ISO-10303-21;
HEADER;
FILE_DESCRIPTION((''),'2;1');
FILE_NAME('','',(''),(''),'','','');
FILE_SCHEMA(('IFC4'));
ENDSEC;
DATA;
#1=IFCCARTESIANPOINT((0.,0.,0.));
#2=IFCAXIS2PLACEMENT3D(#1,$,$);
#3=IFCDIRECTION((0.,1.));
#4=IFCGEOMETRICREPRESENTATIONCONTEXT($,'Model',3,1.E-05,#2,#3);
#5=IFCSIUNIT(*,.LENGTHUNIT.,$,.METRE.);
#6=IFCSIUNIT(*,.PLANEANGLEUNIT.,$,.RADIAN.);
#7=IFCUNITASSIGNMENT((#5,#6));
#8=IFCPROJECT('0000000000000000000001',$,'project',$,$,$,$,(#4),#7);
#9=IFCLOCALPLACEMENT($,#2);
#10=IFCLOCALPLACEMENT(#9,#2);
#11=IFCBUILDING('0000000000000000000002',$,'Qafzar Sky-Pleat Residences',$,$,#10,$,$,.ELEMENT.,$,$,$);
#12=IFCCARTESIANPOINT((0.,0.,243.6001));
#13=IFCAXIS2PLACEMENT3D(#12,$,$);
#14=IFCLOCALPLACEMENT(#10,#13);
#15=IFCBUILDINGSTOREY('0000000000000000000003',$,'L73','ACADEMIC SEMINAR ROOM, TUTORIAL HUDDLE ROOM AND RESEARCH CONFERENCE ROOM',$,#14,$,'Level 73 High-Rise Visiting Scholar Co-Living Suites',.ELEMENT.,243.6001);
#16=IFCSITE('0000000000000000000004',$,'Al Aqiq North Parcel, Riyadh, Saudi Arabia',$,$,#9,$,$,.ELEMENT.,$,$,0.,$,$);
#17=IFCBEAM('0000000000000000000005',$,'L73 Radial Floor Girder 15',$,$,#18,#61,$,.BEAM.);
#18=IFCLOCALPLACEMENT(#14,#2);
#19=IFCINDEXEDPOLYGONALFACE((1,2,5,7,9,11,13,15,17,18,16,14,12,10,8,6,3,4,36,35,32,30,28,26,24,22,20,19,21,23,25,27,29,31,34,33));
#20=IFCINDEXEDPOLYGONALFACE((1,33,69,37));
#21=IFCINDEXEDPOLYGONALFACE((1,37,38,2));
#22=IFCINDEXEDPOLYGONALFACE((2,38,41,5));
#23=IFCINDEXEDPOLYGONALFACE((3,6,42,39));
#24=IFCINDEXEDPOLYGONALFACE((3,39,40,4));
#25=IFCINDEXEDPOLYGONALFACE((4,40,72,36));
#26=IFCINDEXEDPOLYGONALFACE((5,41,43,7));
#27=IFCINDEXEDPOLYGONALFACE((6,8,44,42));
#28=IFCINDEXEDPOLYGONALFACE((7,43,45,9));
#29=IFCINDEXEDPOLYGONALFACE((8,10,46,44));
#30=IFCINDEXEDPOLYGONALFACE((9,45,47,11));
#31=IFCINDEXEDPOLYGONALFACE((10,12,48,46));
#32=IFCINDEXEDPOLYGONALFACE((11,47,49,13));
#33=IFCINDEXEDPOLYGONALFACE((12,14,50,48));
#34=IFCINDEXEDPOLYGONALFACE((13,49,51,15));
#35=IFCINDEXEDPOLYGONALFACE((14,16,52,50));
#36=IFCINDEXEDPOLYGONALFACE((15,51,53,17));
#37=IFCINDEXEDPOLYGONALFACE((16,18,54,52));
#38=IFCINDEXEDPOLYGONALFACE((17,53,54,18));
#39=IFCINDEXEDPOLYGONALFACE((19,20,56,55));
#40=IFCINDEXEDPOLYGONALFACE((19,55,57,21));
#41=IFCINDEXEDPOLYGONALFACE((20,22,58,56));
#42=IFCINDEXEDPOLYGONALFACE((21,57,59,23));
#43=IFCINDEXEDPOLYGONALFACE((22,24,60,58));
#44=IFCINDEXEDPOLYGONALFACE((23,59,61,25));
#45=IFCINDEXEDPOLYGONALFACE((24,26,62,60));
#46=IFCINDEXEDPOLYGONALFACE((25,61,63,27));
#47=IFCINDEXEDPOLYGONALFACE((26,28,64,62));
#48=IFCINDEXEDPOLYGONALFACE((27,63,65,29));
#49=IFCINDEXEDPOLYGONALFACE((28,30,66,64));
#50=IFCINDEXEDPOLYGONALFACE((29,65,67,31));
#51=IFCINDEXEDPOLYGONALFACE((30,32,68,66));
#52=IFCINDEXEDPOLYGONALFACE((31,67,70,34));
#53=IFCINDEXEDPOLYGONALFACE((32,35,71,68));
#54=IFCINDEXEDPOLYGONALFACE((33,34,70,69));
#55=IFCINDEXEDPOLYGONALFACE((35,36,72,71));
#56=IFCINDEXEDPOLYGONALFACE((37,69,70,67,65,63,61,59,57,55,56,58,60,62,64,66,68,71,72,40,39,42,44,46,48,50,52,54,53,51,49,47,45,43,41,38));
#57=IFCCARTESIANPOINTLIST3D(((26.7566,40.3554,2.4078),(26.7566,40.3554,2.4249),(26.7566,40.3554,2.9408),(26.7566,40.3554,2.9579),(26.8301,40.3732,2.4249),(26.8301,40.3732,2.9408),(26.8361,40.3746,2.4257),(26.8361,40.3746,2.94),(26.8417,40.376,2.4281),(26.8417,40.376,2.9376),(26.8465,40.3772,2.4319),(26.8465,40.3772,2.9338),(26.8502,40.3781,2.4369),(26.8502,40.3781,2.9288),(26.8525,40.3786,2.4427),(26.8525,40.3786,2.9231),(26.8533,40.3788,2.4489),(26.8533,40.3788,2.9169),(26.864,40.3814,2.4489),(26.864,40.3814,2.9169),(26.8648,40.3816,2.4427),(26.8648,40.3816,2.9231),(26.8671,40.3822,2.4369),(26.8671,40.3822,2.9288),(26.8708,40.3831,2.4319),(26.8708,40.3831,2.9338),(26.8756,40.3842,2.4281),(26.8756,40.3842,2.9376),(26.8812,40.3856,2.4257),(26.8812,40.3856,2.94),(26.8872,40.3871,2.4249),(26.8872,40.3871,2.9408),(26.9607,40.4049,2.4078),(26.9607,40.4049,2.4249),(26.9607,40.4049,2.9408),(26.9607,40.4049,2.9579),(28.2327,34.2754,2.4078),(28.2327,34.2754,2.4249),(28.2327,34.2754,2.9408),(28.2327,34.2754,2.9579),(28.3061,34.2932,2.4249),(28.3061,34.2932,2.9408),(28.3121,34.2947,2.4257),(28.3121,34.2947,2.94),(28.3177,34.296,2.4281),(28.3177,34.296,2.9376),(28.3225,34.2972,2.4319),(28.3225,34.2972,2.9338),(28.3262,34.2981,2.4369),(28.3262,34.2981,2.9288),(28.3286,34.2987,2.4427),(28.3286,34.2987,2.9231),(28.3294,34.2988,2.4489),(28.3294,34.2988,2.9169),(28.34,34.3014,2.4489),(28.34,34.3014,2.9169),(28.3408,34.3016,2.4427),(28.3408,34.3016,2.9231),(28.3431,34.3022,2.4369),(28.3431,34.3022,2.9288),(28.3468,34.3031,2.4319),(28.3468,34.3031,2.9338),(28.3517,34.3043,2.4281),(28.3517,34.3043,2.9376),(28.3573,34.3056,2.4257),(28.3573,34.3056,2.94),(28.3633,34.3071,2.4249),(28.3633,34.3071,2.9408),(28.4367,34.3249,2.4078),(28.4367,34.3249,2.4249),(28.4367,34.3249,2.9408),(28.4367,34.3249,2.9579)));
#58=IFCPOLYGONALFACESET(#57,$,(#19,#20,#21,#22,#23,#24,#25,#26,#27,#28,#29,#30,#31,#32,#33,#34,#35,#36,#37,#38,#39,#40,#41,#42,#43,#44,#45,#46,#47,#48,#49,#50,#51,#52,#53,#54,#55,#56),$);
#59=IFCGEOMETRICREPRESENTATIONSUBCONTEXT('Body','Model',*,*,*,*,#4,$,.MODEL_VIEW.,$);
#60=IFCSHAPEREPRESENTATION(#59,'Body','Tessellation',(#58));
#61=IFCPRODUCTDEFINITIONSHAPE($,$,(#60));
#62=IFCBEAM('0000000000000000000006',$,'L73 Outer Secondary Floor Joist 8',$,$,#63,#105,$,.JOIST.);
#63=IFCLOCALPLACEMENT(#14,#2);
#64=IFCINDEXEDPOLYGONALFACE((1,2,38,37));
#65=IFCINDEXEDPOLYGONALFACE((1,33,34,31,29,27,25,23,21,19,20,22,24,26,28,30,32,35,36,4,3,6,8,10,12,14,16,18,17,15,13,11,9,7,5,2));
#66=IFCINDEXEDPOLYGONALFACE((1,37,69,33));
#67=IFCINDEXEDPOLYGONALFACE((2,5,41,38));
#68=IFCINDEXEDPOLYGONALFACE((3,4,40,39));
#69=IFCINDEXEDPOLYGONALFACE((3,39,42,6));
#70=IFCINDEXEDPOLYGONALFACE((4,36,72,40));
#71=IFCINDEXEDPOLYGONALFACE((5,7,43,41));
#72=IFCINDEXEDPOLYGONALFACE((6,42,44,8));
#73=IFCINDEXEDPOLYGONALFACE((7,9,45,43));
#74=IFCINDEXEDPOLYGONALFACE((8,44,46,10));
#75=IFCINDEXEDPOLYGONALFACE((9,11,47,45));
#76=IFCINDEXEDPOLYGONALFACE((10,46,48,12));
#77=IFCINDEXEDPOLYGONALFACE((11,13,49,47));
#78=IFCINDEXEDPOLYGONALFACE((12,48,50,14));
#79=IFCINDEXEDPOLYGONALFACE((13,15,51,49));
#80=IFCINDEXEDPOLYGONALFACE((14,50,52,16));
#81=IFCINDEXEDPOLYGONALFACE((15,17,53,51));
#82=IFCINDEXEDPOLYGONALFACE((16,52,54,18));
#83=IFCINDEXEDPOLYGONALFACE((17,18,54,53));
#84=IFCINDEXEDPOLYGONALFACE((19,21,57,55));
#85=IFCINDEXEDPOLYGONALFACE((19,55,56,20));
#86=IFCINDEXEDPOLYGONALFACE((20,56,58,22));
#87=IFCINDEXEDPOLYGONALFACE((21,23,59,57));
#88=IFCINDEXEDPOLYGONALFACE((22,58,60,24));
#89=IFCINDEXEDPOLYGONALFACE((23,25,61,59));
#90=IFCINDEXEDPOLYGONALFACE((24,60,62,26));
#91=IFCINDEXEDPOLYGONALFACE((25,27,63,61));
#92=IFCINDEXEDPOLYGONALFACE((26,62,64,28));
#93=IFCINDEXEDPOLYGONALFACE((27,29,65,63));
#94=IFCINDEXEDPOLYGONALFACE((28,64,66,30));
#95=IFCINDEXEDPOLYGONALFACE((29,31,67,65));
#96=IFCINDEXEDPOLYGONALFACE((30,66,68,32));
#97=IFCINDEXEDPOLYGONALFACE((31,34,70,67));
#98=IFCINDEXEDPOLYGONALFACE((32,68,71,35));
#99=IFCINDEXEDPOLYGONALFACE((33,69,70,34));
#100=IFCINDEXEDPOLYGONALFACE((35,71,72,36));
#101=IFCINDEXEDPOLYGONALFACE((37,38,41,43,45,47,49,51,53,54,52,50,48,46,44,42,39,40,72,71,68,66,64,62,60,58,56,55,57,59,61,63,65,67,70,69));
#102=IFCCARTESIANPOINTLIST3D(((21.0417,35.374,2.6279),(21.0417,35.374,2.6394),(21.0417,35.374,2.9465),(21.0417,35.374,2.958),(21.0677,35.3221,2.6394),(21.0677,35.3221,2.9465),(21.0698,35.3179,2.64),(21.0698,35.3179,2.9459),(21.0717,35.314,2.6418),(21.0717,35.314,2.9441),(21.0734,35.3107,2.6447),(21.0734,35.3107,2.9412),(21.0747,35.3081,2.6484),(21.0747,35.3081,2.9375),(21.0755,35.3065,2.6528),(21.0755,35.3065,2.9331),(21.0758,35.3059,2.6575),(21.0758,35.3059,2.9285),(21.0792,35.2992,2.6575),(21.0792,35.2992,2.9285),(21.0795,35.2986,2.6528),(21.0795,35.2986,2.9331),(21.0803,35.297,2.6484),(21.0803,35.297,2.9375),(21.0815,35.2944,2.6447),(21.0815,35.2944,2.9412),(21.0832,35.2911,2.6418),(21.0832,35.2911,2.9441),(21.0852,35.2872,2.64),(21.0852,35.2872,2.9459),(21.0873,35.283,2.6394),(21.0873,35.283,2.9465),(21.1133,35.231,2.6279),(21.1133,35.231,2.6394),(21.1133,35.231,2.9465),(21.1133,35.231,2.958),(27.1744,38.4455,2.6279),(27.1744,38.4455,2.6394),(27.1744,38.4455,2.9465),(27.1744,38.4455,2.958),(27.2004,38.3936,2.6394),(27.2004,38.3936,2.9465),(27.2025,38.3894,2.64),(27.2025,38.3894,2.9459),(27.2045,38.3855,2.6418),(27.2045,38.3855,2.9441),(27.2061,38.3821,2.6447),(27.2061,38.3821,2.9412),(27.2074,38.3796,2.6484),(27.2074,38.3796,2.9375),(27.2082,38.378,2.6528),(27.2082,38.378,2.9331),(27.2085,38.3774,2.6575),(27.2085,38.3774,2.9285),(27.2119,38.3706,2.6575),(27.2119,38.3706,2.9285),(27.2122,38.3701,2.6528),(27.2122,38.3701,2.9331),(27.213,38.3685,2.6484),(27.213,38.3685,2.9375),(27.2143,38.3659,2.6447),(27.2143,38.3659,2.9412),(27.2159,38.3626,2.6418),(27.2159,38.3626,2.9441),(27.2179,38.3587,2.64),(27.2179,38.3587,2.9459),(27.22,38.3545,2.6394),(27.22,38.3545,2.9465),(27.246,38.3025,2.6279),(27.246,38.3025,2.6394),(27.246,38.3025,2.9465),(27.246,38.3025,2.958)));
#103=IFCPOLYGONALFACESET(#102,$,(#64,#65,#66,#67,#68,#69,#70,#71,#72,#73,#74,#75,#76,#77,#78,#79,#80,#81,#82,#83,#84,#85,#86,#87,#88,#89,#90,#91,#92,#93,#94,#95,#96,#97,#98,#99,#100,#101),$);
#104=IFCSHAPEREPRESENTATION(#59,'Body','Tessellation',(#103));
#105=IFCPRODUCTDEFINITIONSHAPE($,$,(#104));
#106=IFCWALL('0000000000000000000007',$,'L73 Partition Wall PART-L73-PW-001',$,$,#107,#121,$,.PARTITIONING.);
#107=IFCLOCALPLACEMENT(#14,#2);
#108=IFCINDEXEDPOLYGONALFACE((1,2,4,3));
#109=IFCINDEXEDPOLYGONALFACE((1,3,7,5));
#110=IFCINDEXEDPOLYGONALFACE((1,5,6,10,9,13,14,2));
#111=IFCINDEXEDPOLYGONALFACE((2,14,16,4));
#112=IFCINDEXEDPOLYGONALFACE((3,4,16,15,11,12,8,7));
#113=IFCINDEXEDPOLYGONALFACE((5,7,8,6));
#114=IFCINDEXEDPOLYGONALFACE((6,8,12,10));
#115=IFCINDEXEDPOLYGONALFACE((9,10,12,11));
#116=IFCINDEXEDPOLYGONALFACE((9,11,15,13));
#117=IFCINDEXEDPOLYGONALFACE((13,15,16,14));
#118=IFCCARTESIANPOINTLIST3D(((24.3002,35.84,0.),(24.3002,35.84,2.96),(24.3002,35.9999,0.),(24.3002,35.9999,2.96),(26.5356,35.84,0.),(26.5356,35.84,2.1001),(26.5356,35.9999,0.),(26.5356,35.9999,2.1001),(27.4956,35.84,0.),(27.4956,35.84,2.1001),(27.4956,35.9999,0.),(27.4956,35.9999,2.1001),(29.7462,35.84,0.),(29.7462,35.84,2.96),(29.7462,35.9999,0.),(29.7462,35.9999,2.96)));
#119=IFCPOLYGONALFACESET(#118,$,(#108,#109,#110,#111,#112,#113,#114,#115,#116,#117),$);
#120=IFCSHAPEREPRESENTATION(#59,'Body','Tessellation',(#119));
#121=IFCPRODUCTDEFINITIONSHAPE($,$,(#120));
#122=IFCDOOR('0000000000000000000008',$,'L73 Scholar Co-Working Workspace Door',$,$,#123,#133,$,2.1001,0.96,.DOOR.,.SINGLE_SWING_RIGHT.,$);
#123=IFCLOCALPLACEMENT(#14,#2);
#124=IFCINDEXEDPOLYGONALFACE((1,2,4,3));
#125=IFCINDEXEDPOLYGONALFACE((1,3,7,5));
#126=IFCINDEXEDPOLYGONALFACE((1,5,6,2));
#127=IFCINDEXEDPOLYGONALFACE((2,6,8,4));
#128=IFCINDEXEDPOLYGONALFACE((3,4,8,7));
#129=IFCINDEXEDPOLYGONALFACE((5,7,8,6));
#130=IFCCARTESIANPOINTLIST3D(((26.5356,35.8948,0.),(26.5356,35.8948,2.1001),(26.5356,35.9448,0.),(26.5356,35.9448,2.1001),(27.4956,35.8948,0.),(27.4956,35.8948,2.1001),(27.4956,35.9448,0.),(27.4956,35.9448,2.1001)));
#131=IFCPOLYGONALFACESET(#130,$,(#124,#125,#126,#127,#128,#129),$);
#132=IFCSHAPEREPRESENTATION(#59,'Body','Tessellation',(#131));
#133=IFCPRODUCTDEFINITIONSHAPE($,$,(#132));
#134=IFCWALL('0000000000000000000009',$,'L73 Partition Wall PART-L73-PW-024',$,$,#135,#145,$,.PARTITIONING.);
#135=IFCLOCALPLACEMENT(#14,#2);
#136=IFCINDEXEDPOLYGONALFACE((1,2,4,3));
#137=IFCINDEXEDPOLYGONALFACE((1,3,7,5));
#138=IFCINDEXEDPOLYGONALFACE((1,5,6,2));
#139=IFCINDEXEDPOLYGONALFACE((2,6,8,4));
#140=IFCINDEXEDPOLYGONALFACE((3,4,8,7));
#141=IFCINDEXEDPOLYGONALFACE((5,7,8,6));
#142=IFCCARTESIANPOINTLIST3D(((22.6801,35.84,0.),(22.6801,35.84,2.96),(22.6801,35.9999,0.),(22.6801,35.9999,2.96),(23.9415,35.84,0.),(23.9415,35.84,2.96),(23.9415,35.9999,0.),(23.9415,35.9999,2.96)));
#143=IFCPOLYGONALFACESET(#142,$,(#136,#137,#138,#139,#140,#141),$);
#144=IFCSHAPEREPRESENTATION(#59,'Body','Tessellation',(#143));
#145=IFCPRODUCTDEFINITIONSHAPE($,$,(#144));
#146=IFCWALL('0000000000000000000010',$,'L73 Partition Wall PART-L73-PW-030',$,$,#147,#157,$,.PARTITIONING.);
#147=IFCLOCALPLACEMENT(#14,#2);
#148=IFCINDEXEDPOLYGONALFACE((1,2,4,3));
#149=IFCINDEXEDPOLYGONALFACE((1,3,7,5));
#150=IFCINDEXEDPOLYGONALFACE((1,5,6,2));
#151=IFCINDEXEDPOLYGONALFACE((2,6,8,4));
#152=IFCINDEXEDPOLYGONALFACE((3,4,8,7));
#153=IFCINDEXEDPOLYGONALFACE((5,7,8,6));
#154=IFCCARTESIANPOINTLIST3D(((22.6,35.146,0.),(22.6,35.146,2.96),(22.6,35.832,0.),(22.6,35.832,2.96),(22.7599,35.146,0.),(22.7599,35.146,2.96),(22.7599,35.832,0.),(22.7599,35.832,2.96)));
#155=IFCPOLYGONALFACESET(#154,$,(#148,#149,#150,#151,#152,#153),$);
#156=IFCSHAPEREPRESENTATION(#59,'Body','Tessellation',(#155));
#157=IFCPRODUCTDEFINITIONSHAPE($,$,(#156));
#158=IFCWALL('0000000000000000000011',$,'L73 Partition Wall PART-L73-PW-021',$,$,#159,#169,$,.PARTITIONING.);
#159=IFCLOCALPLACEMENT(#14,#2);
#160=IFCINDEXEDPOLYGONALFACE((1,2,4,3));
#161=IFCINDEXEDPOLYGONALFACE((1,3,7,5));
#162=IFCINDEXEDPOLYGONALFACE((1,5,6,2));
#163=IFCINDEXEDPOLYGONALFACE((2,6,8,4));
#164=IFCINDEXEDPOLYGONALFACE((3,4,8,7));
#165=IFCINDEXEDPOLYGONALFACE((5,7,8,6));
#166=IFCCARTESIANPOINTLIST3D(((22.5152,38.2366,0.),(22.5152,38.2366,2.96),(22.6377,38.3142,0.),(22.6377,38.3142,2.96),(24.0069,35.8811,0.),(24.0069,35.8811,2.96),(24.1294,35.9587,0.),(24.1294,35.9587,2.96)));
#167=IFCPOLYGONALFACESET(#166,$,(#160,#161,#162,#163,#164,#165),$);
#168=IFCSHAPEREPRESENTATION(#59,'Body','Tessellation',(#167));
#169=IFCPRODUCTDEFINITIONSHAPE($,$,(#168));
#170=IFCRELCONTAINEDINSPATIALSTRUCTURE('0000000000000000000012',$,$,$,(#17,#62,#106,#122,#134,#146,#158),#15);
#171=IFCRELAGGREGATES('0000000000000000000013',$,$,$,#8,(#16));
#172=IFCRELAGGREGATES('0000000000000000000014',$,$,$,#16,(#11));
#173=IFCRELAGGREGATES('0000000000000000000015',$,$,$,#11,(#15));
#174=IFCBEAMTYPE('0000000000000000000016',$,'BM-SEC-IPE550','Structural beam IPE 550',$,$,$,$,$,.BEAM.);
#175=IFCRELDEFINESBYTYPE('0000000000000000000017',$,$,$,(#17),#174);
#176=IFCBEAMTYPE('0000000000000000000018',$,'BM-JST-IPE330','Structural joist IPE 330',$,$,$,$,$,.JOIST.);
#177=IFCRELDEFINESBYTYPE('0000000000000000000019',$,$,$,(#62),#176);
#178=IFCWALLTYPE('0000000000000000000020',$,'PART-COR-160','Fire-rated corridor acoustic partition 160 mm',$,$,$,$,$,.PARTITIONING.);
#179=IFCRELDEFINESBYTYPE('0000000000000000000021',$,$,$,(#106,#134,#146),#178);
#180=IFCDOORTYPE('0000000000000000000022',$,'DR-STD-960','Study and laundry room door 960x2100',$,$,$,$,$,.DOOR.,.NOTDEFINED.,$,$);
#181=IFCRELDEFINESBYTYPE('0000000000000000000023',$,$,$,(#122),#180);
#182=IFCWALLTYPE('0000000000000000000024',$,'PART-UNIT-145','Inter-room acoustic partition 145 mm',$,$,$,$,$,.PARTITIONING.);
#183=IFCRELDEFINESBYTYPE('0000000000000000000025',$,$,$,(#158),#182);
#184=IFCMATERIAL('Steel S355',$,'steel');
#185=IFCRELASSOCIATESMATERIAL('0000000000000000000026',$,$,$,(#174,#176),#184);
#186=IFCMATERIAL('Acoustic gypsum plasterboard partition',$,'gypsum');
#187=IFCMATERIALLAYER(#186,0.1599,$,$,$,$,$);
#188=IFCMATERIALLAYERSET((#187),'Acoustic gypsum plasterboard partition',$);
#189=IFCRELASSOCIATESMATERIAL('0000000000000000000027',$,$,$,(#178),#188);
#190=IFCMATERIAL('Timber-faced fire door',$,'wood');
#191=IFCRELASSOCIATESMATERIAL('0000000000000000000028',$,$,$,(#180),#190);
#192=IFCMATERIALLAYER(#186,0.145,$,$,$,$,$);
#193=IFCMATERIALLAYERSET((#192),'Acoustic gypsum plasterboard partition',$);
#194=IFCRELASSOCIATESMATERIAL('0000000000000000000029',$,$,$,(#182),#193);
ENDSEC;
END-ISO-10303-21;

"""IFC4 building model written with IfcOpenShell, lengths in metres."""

from ifc_helpers import new_model, si_unit, direction, frame, frame_2d, origin, origin_2d, place, context, subcontext, project, spatial, rectangle, i_section, extrude, source, transform, mapped, material, layer, layer_set, material_profile, profile_set, type_object, element, fill, save


model = new_model("IFC4")

# Units and contexts
model_context = context("Model", 3, precision=1e-05, world=origin(), true_north=direction((0.0, 1.0)))
body_context = subcontext(model_context, "Body", "Model", "MODEL_VIEW")
ifc_project = project(units=[si_unit("LENGTHUNIT", "METRE"), si_unit("PLANEANGLEUNIT", "RADIAN")], contexts=[model_context])

# Site, building, storey
site_placement = place(None, origin())
site = spatial("IfcSite", under=ifc_project, at=site_placement, Name="Al Aqiq North Parcel, Riyadh, Saudi Arabia", CompositionType="ELEMENT", RefElevation=0.0)
building_placement = place(site_placement, origin())
building = spatial("IfcBuilding", under=site, at=building_placement, Name="Qafzar Sky-Pleat Residences", CompositionType="ELEMENT")
storey_placement = place(building_placement, frame((0.0, 0.0, 243.6001)))
storey = spatial("IfcBuildingStorey", under=building, at=storey_placement, Name="L73", Description="ACADEMIC SEMINAR ROOM, TUTORIAL HUDDLE ROOM AND RESEARCH CONFERENCE ROOM", LongName="Level 73 High-Rise Visiting Scholar Co-Living Suites", CompositionType="ELEMENT", Elevation=243.6001)

# Shared definitions
ifc_material_1 = material(Name="Steel S355", Category="steel")

# Beams
ifc_material_profile_1 = material_profile(ifc_material_1, i_section(OverallWidth=0.21, OverallDepth=0.55, WebThickness=0.011, FlangeThickness=0.0171, FilletRadius=0.0239, at=origin_2d()), Name="IPE 550")
ifc_profile_set_1 = profile_set([ifc_material_profile_1], Name="Steel S355")
beam_type_1 = type_object("IfcBeamType", Name="BM-SEC-IPE550", Description="Structural beam IPE 550", PredefinedType="BEAM", material=ifc_profile_set_1)
shared_shape_1 = source(origin(), body_context, "Body", "SweptSolid", [
    extrude(i_section(OverallWidth=0.21, OverallDepth=0.55, WebThickness=0.011, FlangeThickness=0.0171, FilletRadius=0.0239, at=origin_2d()), origin(), (0.0, 0.0, 1.0), 6.2566),
])
beam_1_placement = place(storey_placement, frame((26.8586, 40.3801, 2.6829), z_axis=(0.235919, -0.971773, 0.0), x_axis=(0.971773, 0.235919, 0.0)))
element("IfcBeam", 1, at=beam_1_placement, inside=storey, type_object=beam_type_1, Name="L73 Radial Floor Girder 15", PredefinedType="BEAM", context=body_context, shape_type="MappedRepresentation", body=[
    mapped(shared_shape_1, transform((0.0, 0.0, 0.0), x_axis=(1.0, 0.0, 0.0), y_axis=(0.0, 1.0, 0.0), z_axis=(0.0, 0.0, 1.0), scale=1.0)),
])
ifc_material_profile_2 = material_profile(ifc_material_1, i_section(OverallWidth=0.1599, OverallDepth=0.3301, WebThickness=0.0076, FlangeThickness=0.0115, FilletRadius=0.0181, at=origin_2d()), Name="IPE 330")
ifc_profile_set_2 = profile_set([ifc_material_profile_2], Name="Steel S355")
beam_type_2 = type_object("IfcBeamType", Name="BM-JST-IPE330", Description="Structural joist IPE 330", PredefinedType="JOIST", material=ifc_profile_set_2)
shared_shape_2 = source(origin(), body_context, "Body", "SweptSolid", [
    extrude(i_section(OverallWidth=0.1599, OverallDepth=0.3301, WebThickness=0.0076, FlangeThickness=0.0115, FilletRadius=0.0181, at=origin_2d()), origin(), (0.0, 0.0, 1.0), 6.8589),
])
beam_2_placement = place(storey_placement, frame((27.2102, 38.374, 2.793), z_axis=(-0.894128, -0.447811, 0.0), x_axis=(0.447811, -0.894128, 0.0)))
element("IfcBeam", 2, at=beam_2_placement, inside=storey, type_object=beam_type_2, Name="L73 Outer Secondary Floor Joist 8", PredefinedType="JOIST", context=body_context, shape_type="MappedRepresentation", body=[
    mapped(shared_shape_2, transform((0.0, 0.0, 0.0), x_axis=(1.0, 0.0, 0.0), y_axis=(0.0, 1.0, 0.0), z_axis=(0.0, 0.0, 1.0), scale=1.0)),
])

# Wall, opening, door
ifc_material_2 = material(Name="Acoustic gypsum plasterboard partition", Category="gypsum")
ifc_layer_1 = layer(ifc_material_2, 0.1599)
ifc_layer_set_1 = layer_set([ifc_layer_1], Name="Acoustic gypsum plasterboard partition")
wall_type_1 = type_object("IfcWallType", Name="PART-COR-160", Description="Fire-rated corridor acoustic partition 160 mm", PredefinedType="PARTITIONING", material=ifc_layer_set_1)
wall_1_placement = place(storey_placement, frame((24.3, 35.9199, 0.0), z_axis=(0.0, 0.0, 1.0), x_axis=(1.0, 0.0, 0.0)))
wall_1 = element("IfcWall", 3, at=wall_1_placement, inside=storey, type_object=wall_type_1, Name="L73 Partition Wall PART-L73-PW-001", PredefinedType="PARTITIONING", context=body_context, shape_type="SweptSolid", body=[
    extrude(rectangle(XDim=5.446, YDim=0.1599, at=frame_2d((2.7231, 0.0))), origin(), (0.0, 0.0, 1.0), 2.96),
])
opening_1_placement = place(wall_1_placement, frame((2.2356, 0.0, 0.0)))
opening_1 = element("IfcOpeningElement", 4, at=opening_1_placement, cuts=wall_1, PredefinedType="OPENING", context=body_context, shape_type="SweptSolid", body=[
    extrude(rectangle(XDim=0.96, YDim=2.1001, at=frame_2d((0.48, 1.05))), frame((0.0, 0.0898, 0.0), z_axis=(0.0, -1.0, 0.0), x_axis=(1.0, 0.0, 0.0)), (0.0, 0.0, 1.0), 0.1799),
])
ifc_material_3 = material(Name="Timber-faced fire door", Category="wood")
door_type = type_object("IfcDoorType", Name="DR-STD-960", Description="Study and laundry room door 960x2100", OperationType="NOTDEFINED", PredefinedType="DOOR", material=ifc_material_3)
shared_shape_3 = source(origin(), body_context, "Body", "SweptSolid", [
    extrude(rectangle(XDim=0.96, YDim=2.1001, at=frame_2d((0.48, 1.05))), frame((0.0, 0.0249, 0.0), z_axis=(0.0, -1.0, 0.0), x_axis=(1.0, 0.0, 0.0)), (0.0, 0.0, 1.0), 0.05),
])
door_placement = place(opening_1_placement, origin())
door = element("IfcDoor", 5, at=door_placement, inside=storey, type_object=door_type, Name="L73 Scholar Co-Working Workspace Door", OperationType="SINGLE_SWING_RIGHT", OverallHeight=2.1001, OverallWidth=0.96, PredefinedType="DOOR", context=body_context, shape_type="MappedRepresentation", body=[
    mapped(shared_shape_3, transform((0.0, 0.0, 0.0), x_axis=(1.0, 0.0, 0.0), y_axis=(0.0, 1.0, 0.0), z_axis=(0.0, 0.0, 1.0), scale=1.0)),
])
fill(opening_1, door)

# Walls
wall_2_placement = place(storey_placement, frame((22.6799, 35.9199, 0.0), z_axis=(0.0, 0.0, 1.0), x_axis=(1.0, 0.0, 0.0)))
element("IfcWall", 6, at=wall_2_placement, inside=storey, type_object=wall_type_1, Name="L73 Partition Wall PART-L73-PW-024", PredefinedType="PARTITIONING", context=body_context, shape_type="SweptSolid", body=[
    extrude(rectangle(XDim=1.2615, YDim=0.1599, at=frame_2d((0.6309, 0.0))), origin(), (0.0, 0.0, 1.0), 2.96),
])
wall_3_placement = place(storey_placement, frame((22.6799, 35.146, 0.0), z_axis=(0.0, 0.0, 1.0), x_axis=(0.0, 1.0, 0.0)))
element("IfcWall", 7, at=wall_3_placement, inside=storey, type_object=wall_type_1, Name="L73 Partition Wall PART-L73-PW-030", PredefinedType="PARTITIONING", context=body_context, shape_type="SweptSolid", body=[
    extrude(rectangle(XDim=0.686, YDim=0.1599, at=frame_2d((0.343, 0.0))), origin(), (0.0, 0.0, 1.0), 2.96),
])
ifc_layer_2 = layer(ifc_material_2, 0.145)
ifc_layer_set_2 = layer_set([ifc_layer_2], Name="Acoustic gypsum plasterboard partition")
wall_type_2 = type_object("IfcWallType", Name="PART-UNIT-145", Description="Inter-room acoustic partition 145 mm", PredefinedType="PARTITIONING", material=ifc_layer_set_2)
wall_4_placement = place(storey_placement, frame((22.5764, 38.2754, 0.0), z_axis=(0.0, 0.0, 1.0), x_axis=(0.535027, -0.844835, 0.0)))
element("IfcWall", 8, at=wall_4_placement, inside=storey, type_object=wall_type_2, Name="L73 Partition Wall PART-L73-PW-021", PredefinedType="PARTITIONING", context=body_context, shape_type="SweptSolid", body=[
    extrude(rectangle(XDim=2.7881, YDim=0.145, at=frame_2d((1.394, 0.0))), origin(), (0.0, 0.0, 1.0), 2.96),
])

save(model, "model.ifc")
